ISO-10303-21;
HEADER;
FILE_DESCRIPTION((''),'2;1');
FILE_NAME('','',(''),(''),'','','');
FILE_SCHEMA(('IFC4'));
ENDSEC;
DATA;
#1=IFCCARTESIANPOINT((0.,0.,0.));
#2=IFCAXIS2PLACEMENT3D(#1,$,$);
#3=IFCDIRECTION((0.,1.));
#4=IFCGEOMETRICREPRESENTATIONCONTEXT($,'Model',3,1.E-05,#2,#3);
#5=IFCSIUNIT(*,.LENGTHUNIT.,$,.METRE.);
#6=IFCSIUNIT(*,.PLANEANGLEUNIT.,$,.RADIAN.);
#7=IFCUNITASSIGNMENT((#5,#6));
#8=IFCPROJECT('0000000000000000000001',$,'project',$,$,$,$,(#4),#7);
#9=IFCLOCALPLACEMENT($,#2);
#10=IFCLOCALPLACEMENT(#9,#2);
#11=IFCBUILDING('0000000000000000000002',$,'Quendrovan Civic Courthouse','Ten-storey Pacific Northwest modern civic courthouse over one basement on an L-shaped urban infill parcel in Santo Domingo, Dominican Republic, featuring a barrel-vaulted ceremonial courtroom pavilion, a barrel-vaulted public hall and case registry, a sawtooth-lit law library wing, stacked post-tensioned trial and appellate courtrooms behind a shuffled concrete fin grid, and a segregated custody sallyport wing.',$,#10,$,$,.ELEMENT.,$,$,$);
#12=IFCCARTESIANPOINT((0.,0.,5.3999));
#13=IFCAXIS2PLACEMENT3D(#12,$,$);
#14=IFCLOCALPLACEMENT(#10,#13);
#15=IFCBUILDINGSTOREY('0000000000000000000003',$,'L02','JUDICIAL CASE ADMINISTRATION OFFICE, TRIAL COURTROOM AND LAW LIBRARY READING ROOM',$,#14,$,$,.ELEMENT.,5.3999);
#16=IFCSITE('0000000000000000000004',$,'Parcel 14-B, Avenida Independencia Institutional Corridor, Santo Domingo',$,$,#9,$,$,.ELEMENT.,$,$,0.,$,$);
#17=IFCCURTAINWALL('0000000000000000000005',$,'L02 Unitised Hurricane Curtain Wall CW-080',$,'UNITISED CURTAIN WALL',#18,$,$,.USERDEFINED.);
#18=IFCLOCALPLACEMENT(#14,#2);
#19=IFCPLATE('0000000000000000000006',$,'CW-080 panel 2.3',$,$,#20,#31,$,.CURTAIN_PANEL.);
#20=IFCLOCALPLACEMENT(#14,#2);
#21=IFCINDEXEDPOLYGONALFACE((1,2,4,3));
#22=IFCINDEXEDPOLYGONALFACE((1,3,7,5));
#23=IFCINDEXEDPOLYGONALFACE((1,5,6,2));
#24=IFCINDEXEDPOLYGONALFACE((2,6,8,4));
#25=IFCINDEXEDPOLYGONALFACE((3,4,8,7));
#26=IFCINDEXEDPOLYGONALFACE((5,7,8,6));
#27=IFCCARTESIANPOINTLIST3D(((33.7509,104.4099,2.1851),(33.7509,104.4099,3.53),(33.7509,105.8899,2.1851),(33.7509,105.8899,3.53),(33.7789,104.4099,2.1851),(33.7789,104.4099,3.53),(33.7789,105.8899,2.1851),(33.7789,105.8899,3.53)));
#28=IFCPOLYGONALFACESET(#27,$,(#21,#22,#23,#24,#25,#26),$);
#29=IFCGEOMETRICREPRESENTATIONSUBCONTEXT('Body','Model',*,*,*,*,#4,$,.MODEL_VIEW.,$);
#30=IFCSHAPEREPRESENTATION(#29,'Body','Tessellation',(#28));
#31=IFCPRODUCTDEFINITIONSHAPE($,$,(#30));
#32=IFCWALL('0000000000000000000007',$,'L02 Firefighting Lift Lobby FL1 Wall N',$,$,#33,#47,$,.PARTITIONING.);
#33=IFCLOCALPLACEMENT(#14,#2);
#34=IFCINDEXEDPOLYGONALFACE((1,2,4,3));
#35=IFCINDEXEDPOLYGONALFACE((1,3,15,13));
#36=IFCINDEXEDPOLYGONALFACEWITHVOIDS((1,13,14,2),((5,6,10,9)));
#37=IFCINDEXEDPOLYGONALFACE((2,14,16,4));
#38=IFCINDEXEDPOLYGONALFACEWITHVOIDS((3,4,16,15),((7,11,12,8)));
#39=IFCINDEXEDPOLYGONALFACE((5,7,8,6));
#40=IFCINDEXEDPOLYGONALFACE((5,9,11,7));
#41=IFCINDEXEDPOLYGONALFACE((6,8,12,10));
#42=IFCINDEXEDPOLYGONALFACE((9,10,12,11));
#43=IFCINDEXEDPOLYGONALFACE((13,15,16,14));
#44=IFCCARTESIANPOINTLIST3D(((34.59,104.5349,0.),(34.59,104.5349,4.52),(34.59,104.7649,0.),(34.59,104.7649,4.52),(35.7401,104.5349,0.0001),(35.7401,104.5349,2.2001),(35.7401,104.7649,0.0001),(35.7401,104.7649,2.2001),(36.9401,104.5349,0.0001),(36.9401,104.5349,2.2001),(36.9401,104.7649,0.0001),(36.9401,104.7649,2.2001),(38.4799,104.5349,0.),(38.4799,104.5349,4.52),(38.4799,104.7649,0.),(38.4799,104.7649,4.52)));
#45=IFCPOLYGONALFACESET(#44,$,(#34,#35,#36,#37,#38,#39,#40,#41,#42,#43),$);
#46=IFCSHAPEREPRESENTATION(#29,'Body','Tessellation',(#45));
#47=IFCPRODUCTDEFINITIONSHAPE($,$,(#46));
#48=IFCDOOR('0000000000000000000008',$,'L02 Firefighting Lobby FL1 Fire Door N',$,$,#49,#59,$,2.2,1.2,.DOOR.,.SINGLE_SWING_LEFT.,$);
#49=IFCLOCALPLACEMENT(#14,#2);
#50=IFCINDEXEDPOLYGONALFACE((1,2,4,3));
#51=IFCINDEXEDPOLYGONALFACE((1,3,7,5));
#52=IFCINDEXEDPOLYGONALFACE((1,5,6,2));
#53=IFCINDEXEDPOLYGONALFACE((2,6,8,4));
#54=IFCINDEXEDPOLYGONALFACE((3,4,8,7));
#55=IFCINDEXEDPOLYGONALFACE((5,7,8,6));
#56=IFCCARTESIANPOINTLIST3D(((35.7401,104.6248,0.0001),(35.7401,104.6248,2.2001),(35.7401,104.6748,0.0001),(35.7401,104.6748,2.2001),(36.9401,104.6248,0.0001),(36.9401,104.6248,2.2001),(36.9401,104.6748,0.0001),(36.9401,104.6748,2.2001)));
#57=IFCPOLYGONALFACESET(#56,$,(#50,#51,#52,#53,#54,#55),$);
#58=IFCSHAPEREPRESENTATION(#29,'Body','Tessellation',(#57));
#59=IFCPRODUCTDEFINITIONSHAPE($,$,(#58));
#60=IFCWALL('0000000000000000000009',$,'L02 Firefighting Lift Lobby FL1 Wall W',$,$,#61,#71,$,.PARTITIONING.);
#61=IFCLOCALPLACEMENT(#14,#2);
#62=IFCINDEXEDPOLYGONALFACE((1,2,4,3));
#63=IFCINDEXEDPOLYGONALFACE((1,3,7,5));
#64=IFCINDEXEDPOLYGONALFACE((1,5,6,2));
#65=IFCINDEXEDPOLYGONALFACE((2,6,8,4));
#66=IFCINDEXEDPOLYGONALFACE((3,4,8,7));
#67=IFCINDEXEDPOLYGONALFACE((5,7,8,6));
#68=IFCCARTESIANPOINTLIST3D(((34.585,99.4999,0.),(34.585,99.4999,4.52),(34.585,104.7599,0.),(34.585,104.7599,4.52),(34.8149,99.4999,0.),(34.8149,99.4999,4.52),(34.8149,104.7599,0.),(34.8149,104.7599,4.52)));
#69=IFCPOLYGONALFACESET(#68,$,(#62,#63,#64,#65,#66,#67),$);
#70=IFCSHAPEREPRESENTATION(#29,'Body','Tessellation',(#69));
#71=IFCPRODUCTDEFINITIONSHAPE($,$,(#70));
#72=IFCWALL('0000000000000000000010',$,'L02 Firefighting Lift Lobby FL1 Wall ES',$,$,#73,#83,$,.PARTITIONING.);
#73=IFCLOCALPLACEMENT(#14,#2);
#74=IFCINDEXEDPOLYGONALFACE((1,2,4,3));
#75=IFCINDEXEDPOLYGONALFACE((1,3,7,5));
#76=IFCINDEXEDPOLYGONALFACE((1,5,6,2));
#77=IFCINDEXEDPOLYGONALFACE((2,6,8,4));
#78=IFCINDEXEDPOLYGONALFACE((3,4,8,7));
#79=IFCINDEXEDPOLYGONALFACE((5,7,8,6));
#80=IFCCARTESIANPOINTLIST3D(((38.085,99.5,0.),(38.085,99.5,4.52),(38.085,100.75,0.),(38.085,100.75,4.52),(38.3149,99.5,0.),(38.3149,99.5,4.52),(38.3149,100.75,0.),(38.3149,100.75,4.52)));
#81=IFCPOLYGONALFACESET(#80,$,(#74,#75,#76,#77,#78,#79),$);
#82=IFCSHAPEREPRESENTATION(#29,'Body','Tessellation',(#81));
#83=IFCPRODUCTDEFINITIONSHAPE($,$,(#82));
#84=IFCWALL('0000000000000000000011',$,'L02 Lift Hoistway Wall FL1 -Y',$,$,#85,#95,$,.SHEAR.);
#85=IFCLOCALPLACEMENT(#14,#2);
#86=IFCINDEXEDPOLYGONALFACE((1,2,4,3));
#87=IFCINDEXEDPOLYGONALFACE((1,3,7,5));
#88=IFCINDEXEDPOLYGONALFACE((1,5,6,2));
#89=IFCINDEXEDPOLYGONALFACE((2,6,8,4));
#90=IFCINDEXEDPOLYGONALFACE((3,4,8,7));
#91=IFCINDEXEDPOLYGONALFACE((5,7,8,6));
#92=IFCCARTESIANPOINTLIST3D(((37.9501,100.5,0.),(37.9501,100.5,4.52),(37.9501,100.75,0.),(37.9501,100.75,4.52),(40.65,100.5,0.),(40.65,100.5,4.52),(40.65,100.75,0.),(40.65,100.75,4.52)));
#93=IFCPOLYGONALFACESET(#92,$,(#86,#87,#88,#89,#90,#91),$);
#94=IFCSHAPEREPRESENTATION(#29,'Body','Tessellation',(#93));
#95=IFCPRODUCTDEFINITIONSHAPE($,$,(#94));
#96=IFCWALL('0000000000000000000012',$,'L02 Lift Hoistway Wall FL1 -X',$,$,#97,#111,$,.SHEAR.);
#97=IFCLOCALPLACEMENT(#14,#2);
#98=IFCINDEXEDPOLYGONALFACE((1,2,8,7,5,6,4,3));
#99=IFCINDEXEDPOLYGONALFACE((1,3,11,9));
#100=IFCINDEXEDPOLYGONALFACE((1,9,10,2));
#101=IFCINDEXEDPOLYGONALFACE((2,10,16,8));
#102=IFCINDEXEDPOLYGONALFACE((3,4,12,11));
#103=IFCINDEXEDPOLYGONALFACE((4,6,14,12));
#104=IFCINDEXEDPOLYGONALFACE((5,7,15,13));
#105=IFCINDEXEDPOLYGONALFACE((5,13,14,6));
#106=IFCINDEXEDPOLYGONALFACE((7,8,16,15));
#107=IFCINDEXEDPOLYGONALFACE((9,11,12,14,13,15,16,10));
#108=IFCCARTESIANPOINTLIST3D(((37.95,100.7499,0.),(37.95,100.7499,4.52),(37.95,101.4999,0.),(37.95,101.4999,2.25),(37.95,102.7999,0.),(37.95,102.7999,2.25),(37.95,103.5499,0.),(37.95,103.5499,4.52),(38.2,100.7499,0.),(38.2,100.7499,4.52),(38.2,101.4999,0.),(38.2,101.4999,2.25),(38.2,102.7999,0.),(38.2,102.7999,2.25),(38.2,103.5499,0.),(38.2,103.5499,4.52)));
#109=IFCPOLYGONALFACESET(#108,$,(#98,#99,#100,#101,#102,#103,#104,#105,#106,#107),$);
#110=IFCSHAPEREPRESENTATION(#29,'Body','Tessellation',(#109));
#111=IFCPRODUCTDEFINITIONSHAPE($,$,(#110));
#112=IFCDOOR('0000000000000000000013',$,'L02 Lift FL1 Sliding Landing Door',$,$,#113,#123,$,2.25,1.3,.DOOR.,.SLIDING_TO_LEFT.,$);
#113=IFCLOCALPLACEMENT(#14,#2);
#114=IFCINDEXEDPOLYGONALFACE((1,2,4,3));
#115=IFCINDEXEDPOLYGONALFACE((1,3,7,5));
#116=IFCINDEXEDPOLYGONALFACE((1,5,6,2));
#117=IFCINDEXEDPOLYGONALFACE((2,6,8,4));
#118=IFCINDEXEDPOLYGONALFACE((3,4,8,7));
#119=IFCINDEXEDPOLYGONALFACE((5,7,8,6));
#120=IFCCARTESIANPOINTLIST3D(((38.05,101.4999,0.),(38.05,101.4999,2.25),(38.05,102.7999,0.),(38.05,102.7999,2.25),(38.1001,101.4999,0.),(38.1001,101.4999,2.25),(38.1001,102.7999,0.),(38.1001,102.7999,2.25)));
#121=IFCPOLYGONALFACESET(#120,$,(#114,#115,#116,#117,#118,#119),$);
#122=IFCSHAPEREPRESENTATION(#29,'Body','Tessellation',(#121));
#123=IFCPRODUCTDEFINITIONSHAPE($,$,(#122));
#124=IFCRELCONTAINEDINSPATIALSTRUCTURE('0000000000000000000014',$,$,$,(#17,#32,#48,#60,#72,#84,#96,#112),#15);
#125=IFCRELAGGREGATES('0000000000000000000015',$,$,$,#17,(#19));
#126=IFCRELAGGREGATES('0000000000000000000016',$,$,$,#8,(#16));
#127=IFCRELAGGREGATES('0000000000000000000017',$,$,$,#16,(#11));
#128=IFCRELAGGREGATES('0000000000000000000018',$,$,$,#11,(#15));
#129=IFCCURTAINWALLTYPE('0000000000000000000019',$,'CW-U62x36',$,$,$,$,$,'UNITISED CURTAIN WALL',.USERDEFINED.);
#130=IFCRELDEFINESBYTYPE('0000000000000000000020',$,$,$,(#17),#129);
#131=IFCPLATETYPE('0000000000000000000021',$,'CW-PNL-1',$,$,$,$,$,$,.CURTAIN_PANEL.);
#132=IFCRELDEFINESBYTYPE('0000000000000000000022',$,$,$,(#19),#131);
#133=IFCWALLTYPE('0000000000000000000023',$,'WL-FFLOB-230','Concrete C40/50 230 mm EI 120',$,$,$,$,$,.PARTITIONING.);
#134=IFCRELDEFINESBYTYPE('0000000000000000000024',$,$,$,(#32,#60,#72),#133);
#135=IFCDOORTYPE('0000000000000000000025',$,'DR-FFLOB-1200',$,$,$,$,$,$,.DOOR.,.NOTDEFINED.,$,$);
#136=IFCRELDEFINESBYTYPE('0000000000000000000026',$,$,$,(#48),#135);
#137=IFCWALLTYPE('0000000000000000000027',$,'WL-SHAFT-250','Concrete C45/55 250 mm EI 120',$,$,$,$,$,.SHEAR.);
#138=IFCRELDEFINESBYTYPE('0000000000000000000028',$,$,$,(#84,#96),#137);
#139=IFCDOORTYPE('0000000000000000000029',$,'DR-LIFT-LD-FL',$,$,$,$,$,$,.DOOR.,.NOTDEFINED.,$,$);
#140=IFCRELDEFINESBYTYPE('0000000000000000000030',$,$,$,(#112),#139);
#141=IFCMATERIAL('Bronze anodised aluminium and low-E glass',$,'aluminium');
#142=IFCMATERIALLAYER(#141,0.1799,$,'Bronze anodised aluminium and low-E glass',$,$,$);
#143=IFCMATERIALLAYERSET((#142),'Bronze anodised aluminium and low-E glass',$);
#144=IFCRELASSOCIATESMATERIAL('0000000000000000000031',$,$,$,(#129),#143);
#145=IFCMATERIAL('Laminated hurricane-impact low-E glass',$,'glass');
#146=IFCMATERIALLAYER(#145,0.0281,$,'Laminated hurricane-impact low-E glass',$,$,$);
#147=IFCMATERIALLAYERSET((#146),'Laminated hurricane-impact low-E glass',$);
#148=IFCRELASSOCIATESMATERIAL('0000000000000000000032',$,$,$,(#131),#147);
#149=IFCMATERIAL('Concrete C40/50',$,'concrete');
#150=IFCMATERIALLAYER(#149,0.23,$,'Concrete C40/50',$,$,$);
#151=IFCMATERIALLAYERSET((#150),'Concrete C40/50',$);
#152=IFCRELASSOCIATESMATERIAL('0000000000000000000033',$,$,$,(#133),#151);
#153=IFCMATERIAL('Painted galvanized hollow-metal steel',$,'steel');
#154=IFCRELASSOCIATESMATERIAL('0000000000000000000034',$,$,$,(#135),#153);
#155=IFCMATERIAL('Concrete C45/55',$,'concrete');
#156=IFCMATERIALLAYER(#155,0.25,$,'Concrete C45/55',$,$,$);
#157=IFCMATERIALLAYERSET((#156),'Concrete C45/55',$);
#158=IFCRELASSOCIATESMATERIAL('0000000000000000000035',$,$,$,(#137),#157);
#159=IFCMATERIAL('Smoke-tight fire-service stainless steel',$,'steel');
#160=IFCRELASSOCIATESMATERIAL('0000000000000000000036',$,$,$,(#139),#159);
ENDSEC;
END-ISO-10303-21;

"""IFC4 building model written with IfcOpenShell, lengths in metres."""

from ifc_helpers import new_model, si_unit, direction, frame, frame_2d, origin, origin_2d, place, context, subcontext, project, spatial, rectangle, extrude, material, layer, layer_set, type_object, element, fill, aggregate, save


model = new_model("IFC4")

# Units and contexts
model_context = context("Model", 3, precision=1e-05, world=origin(), true_north=direction((0.0, 1.0)))
body_context = subcontext(model_context, "Body", "Model", "MODEL_VIEW")
ifc_project = project(units=[si_unit("LENGTHUNIT", "METRE"), si_unit("PLANEANGLEUNIT", "RADIAN")], contexts=[model_context])

# Site, building, storey
site_placement = place(None, origin())
site = spatial("IfcSite", under=ifc_project, at=site_placement, Name="Parcel 14-B, Avenida Independencia Institutional Corridor, Santo Domingo", CompositionType="ELEMENT", RefElevation=0.0)
building_placement = place(site_placement, origin())
building = spatial("IfcBuilding", under=site, at=building_placement, Name="Quendrovan Civic Courthouse", Description="Ten-storey Pacific Northwest modern civic courthouse over one basement on an L-shaped urban infill parcel in Santo Domingo, Dominican Republic, featuring a barrel-vaulted ceremonial courtroom pavilion, a barrel-vaulted public hall and case registry, a sawtooth-lit law library wing, stacked post-tensioned trial and appellate courtrooms behind a shuffled concrete fin grid, and a segregated custody sallyport wing.", CompositionType="ELEMENT")
storey_placement = place(building_placement, frame((0.0, 0.0, 5.3999)))
storey = spatial("IfcBuildingStorey", under=building, at=storey_placement, Name="L02", Description="JUDICIAL CASE ADMINISTRATION OFFICE, TRIAL COURTROOM AND LAW LIBRARY READING ROOM", CompositionType="ELEMENT", Elevation=5.3999)

# Curtain wall, plate
ifc_material_1 = material(Name="Bronze anodised aluminium and low-E glass", Category="aluminium")
ifc_layer_1 = layer(ifc_material_1, 0.1799, Name="Bronze anodised aluminium and low-E glass")
ifc_layer_set_1 = layer_set([ifc_layer_1], Name="Bronze anodised aluminium and low-E glass")
curtain_wall_type = type_object("IfcCurtainWallType", Name="CW-U62x36", ElementType="UNITISED CURTAIN WALL", PredefinedType="USERDEFINED", material=ifc_layer_set_1)
curtain_wall_placement = place(storey_placement, origin())
curtain_wall = element("IfcCurtainWall", 1, at=curtain_wall_placement, inside=storey, type_object=curtain_wall_type, Name="L02 Unitised Hurricane Curtain Wall CW-080", ObjectType="UNITISED CURTAIN WALL", PredefinedType="USERDEFINED")
ifc_material_2 = material(Name="Laminated hurricane-impact low-E glass", Category="glass")
ifc_layer_2 = layer(ifc_material_2, 0.0281, Name="Laminated hurricane-impact low-E glass")
ifc_layer_set_2 = layer_set([ifc_layer_2], Name="Laminated hurricane-impact low-E glass")
plate_type = type_object("IfcPlateType", Name="CW-PNL-1", PredefinedType="CURTAIN_PANEL", material=ifc_layer_set_2)
plate_1_placement = place(storey_placement, frame((33.7649, 105.1499, 2.1851), z_axis=(0.0, 0.0, 1.0), x_axis=(0.0, 1.0, 0.0)))
plate_1 = element("IfcPlate", 2, at=plate_1_placement, type_object=plate_type, Name="CW-080 panel 2.3", PredefinedType="CURTAIN_PANEL", context=body_context, shape_type="SweptSolid", body=[
    extrude(rectangle(XDim=1.48, YDim=0.0281, at=origin_2d()), origin(), (0.0, 0.0, 1.0), 1.345),
])
aggregate(curtain_wall, [plate_1])

# Wall, opening, door
ifc_material_3 = material(Name="Concrete C40/50", Category="concrete")
ifc_layer_3 = layer(ifc_material_3, 0.23, Name="Concrete C40/50")
ifc_layer_set_3 = layer_set([ifc_layer_3], Name="Concrete C40/50")
wall_type_1 = type_object("IfcWallType", Name="WL-FFLOB-230", Description="Concrete C40/50 230 mm EI 120", PredefinedType="PARTITIONING", material=ifc_layer_set_3)
wall_1_placement = place(storey_placement, frame((34.5901, 104.6499, 0.0), z_axis=(0.0, 0.0, 1.0), x_axis=(1.0, 0.0, 0.0)))
wall_1 = element("IfcWall", 3, at=wall_1_placement, inside=storey, type_object=wall_type_1, Name="L02 Firefighting Lift Lobby FL1 Wall N", PredefinedType="PARTITIONING", context=body_context, shape_type="SweptSolid", body=[
    extrude(rectangle(XDim=3.8899, YDim=0.23, at=frame_2d((1.9448, 0.0))), origin(), (0.0, 0.0, 1.0), 4.52),
])
opening_1_placement = place(wall_1_placement, frame((1.1499, 0.0, 0.0)))
opening_1 = element("IfcOpeningElement", 4, at=opening_1_placement, cuts=wall_1, PredefinedType="OPENING", context=body_context, shape_type="SweptSolid", body=[
    extrude(rectangle(XDim=1.2, YDim=2.2, at=frame_2d((0.6001, 1.1001))), frame((0.0, 0.125, 0.0), z_axis=(0.0, -1.0, 0.0), x_axis=(1.0, 0.0, 0.0)), (0.0, 0.0, 1.0), 0.25),
])
ifc_material_4 = material(Name="Painted galvanized hollow-metal steel", Category="steel")
door_type_1 = type_object("IfcDoorType", Name="DR-FFLOB-1200", OperationType="NOTDEFINED", PredefinedType="DOOR", material=ifc_material_4)
door_1_placement = place(opening_1_placement, origin())
door_1 = element("IfcDoor", 5, at=door_1_placement, inside=storey, type_object=door_type_1, Name="L02 Firefighting Lobby FL1 Fire Door N", OperationType="SINGLE_SWING_LEFT", OverallHeight=2.2, OverallWidth=1.2, PredefinedType="DOOR", context=body_context, shape_type="SweptSolid", body=[
    extrude(rectangle(XDim=1.2, YDim=2.2, at=frame_2d((0.6001, 1.1001))), frame((0.0, 0.0249, 0.0), z_axis=(0.0, -1.0, 0.0), x_axis=(1.0, 0.0, 0.0)), (0.0, 0.0, 1.0), 0.05),
])
fill(opening_1, door_1)

# Walls
wall_2_placement = place(storey_placement, frame((34.7, 99.5, 0.0), z_axis=(0.0, 0.0, 1.0), x_axis=(0.0, 1.0, 0.0)))
element("IfcWall", 6, at=wall_2_placement, inside=storey, type_object=wall_type_1, Name="L02 Firefighting Lift Lobby FL1 Wall W", PredefinedType="PARTITIONING", context=body_context, shape_type="SweptSolid", body=[
    extrude(rectangle(XDim=5.26, YDim=0.23, at=frame_2d((2.6299, 0.0))), origin(), (0.0, 0.0, 1.0), 4.52),
])
wall_3_placement = place(storey_placement, frame((38.2, 100.75, 0.0), z_axis=(0.0, 0.0, 1.0), x_axis=(0.0, -1.0, 0.0)))
element("IfcWall", 7, at=wall_3_placement, inside=storey, type_object=wall_type_1, Name="L02 Firefighting Lift Lobby FL1 Wall ES", PredefinedType="PARTITIONING", context=body_context, shape_type="SweptSolid", body=[
    extrude(rectangle(XDim=1.25, YDim=0.23, at=frame_2d((0.625, 0.0))), origin(), (0.0, 0.0, 1.0), 4.52),
])
ifc_material_5 = material(Name="Concrete C45/55", Category="concrete")
ifc_layer_4 = layer(ifc_material_5, 0.25, Name="Concrete C45/55")
ifc_layer_set_4 = layer_set([ifc_layer_4], Name="Concrete C45/55")
wall_type_2 = type_object("IfcWallType", Name="WL-SHAFT-250", Description="Concrete C45/55 250 mm EI 120", PredefinedType="SHEAR", material=ifc_layer_set_4)
wall_4_placement = place(storey_placement, frame((37.95, 100.625, 0.0), z_axis=(0.0, 0.0, 1.0), x_axis=(1.0, 0.0, 0.0)))
element("IfcWall", 8, at=wall_4_placement, inside=storey, type_object=wall_type_2, Name="L02 Lift Hoistway Wall FL1 -Y", PredefinedType="SHEAR", context=body_context, shape_type="SweptSolid", body=[
    extrude(rectangle(XDim=2.7, YDim=0.25, at=frame_2d((1.3501, 0.0))), origin(), (0.0, 0.0, 1.0), 4.52),
])

# Wall, opening, door
wall_5_placement = place(storey_placement, frame((38.075, 100.75, 0.0), z_axis=(0.0, 0.0, 1.0), x_axis=(0.0, 1.0, 0.0)))
wall_5 = element("IfcWall", 9, at=wall_5_placement, inside=storey, type_object=wall_type_2, Name="L02 Lift Hoistway Wall FL1 -X", PredefinedType="SHEAR", context=body_context, shape_type="SweptSolid", body=[
    extrude(rectangle(XDim=2.8, YDim=0.25, at=frame_2d((1.3999, 0.0))), origin(), (0.0, 0.0, 1.0), 4.52),
])
opening_2_placement = place(wall_5_placement, frame((0.75, 0.0, 0.0)))
opening_2 = element("IfcOpeningElement", 10, at=opening_2_placement, cuts=wall_5, PredefinedType="OPENING", context=body_context, shape_type="SweptSolid", body=[
    extrude(rectangle(XDim=1.3, YDim=2.25, at=frame_2d((0.6499, 1.125))), frame((0.0, 0.135, 0.0), z_axis=(0.0, -1.0, 0.0), x_axis=(1.0, 0.0, 0.0)), (0.0, 0.0, 1.0), 0.27),
])
ifc_material_6 = material(Name="Smoke-tight fire-service stainless steel", Category="steel")
door_type_2 = type_object("IfcDoorType", Name="DR-LIFT-LD-FL", OperationType="NOTDEFINED", PredefinedType="DOOR", material=ifc_material_6)
door_2_placement = place(opening_2_placement, origin())
door_2 = element("IfcDoor", 11, at=door_2_placement, inside=storey, type_object=door_type_2, Name="L02 Lift FL1 Sliding Landing Door", OperationType="SLIDING_TO_LEFT", OverallHeight=2.25, OverallWidth=1.3, PredefinedType="DOOR", context=body_context, shape_type="SweptSolid", body=[
    extrude(rectangle(XDim=1.3, YDim=2.25, at=frame_2d((0.6499, 1.125))), frame((0.0, 0.0249, 0.0), z_axis=(0.0, -1.0, 0.0), x_axis=(1.0, 0.0, 0.0)), (0.0, 0.0, 1.0), 0.05),
])
fill(opening_2, door_2)

save(model, "model.ifc")
